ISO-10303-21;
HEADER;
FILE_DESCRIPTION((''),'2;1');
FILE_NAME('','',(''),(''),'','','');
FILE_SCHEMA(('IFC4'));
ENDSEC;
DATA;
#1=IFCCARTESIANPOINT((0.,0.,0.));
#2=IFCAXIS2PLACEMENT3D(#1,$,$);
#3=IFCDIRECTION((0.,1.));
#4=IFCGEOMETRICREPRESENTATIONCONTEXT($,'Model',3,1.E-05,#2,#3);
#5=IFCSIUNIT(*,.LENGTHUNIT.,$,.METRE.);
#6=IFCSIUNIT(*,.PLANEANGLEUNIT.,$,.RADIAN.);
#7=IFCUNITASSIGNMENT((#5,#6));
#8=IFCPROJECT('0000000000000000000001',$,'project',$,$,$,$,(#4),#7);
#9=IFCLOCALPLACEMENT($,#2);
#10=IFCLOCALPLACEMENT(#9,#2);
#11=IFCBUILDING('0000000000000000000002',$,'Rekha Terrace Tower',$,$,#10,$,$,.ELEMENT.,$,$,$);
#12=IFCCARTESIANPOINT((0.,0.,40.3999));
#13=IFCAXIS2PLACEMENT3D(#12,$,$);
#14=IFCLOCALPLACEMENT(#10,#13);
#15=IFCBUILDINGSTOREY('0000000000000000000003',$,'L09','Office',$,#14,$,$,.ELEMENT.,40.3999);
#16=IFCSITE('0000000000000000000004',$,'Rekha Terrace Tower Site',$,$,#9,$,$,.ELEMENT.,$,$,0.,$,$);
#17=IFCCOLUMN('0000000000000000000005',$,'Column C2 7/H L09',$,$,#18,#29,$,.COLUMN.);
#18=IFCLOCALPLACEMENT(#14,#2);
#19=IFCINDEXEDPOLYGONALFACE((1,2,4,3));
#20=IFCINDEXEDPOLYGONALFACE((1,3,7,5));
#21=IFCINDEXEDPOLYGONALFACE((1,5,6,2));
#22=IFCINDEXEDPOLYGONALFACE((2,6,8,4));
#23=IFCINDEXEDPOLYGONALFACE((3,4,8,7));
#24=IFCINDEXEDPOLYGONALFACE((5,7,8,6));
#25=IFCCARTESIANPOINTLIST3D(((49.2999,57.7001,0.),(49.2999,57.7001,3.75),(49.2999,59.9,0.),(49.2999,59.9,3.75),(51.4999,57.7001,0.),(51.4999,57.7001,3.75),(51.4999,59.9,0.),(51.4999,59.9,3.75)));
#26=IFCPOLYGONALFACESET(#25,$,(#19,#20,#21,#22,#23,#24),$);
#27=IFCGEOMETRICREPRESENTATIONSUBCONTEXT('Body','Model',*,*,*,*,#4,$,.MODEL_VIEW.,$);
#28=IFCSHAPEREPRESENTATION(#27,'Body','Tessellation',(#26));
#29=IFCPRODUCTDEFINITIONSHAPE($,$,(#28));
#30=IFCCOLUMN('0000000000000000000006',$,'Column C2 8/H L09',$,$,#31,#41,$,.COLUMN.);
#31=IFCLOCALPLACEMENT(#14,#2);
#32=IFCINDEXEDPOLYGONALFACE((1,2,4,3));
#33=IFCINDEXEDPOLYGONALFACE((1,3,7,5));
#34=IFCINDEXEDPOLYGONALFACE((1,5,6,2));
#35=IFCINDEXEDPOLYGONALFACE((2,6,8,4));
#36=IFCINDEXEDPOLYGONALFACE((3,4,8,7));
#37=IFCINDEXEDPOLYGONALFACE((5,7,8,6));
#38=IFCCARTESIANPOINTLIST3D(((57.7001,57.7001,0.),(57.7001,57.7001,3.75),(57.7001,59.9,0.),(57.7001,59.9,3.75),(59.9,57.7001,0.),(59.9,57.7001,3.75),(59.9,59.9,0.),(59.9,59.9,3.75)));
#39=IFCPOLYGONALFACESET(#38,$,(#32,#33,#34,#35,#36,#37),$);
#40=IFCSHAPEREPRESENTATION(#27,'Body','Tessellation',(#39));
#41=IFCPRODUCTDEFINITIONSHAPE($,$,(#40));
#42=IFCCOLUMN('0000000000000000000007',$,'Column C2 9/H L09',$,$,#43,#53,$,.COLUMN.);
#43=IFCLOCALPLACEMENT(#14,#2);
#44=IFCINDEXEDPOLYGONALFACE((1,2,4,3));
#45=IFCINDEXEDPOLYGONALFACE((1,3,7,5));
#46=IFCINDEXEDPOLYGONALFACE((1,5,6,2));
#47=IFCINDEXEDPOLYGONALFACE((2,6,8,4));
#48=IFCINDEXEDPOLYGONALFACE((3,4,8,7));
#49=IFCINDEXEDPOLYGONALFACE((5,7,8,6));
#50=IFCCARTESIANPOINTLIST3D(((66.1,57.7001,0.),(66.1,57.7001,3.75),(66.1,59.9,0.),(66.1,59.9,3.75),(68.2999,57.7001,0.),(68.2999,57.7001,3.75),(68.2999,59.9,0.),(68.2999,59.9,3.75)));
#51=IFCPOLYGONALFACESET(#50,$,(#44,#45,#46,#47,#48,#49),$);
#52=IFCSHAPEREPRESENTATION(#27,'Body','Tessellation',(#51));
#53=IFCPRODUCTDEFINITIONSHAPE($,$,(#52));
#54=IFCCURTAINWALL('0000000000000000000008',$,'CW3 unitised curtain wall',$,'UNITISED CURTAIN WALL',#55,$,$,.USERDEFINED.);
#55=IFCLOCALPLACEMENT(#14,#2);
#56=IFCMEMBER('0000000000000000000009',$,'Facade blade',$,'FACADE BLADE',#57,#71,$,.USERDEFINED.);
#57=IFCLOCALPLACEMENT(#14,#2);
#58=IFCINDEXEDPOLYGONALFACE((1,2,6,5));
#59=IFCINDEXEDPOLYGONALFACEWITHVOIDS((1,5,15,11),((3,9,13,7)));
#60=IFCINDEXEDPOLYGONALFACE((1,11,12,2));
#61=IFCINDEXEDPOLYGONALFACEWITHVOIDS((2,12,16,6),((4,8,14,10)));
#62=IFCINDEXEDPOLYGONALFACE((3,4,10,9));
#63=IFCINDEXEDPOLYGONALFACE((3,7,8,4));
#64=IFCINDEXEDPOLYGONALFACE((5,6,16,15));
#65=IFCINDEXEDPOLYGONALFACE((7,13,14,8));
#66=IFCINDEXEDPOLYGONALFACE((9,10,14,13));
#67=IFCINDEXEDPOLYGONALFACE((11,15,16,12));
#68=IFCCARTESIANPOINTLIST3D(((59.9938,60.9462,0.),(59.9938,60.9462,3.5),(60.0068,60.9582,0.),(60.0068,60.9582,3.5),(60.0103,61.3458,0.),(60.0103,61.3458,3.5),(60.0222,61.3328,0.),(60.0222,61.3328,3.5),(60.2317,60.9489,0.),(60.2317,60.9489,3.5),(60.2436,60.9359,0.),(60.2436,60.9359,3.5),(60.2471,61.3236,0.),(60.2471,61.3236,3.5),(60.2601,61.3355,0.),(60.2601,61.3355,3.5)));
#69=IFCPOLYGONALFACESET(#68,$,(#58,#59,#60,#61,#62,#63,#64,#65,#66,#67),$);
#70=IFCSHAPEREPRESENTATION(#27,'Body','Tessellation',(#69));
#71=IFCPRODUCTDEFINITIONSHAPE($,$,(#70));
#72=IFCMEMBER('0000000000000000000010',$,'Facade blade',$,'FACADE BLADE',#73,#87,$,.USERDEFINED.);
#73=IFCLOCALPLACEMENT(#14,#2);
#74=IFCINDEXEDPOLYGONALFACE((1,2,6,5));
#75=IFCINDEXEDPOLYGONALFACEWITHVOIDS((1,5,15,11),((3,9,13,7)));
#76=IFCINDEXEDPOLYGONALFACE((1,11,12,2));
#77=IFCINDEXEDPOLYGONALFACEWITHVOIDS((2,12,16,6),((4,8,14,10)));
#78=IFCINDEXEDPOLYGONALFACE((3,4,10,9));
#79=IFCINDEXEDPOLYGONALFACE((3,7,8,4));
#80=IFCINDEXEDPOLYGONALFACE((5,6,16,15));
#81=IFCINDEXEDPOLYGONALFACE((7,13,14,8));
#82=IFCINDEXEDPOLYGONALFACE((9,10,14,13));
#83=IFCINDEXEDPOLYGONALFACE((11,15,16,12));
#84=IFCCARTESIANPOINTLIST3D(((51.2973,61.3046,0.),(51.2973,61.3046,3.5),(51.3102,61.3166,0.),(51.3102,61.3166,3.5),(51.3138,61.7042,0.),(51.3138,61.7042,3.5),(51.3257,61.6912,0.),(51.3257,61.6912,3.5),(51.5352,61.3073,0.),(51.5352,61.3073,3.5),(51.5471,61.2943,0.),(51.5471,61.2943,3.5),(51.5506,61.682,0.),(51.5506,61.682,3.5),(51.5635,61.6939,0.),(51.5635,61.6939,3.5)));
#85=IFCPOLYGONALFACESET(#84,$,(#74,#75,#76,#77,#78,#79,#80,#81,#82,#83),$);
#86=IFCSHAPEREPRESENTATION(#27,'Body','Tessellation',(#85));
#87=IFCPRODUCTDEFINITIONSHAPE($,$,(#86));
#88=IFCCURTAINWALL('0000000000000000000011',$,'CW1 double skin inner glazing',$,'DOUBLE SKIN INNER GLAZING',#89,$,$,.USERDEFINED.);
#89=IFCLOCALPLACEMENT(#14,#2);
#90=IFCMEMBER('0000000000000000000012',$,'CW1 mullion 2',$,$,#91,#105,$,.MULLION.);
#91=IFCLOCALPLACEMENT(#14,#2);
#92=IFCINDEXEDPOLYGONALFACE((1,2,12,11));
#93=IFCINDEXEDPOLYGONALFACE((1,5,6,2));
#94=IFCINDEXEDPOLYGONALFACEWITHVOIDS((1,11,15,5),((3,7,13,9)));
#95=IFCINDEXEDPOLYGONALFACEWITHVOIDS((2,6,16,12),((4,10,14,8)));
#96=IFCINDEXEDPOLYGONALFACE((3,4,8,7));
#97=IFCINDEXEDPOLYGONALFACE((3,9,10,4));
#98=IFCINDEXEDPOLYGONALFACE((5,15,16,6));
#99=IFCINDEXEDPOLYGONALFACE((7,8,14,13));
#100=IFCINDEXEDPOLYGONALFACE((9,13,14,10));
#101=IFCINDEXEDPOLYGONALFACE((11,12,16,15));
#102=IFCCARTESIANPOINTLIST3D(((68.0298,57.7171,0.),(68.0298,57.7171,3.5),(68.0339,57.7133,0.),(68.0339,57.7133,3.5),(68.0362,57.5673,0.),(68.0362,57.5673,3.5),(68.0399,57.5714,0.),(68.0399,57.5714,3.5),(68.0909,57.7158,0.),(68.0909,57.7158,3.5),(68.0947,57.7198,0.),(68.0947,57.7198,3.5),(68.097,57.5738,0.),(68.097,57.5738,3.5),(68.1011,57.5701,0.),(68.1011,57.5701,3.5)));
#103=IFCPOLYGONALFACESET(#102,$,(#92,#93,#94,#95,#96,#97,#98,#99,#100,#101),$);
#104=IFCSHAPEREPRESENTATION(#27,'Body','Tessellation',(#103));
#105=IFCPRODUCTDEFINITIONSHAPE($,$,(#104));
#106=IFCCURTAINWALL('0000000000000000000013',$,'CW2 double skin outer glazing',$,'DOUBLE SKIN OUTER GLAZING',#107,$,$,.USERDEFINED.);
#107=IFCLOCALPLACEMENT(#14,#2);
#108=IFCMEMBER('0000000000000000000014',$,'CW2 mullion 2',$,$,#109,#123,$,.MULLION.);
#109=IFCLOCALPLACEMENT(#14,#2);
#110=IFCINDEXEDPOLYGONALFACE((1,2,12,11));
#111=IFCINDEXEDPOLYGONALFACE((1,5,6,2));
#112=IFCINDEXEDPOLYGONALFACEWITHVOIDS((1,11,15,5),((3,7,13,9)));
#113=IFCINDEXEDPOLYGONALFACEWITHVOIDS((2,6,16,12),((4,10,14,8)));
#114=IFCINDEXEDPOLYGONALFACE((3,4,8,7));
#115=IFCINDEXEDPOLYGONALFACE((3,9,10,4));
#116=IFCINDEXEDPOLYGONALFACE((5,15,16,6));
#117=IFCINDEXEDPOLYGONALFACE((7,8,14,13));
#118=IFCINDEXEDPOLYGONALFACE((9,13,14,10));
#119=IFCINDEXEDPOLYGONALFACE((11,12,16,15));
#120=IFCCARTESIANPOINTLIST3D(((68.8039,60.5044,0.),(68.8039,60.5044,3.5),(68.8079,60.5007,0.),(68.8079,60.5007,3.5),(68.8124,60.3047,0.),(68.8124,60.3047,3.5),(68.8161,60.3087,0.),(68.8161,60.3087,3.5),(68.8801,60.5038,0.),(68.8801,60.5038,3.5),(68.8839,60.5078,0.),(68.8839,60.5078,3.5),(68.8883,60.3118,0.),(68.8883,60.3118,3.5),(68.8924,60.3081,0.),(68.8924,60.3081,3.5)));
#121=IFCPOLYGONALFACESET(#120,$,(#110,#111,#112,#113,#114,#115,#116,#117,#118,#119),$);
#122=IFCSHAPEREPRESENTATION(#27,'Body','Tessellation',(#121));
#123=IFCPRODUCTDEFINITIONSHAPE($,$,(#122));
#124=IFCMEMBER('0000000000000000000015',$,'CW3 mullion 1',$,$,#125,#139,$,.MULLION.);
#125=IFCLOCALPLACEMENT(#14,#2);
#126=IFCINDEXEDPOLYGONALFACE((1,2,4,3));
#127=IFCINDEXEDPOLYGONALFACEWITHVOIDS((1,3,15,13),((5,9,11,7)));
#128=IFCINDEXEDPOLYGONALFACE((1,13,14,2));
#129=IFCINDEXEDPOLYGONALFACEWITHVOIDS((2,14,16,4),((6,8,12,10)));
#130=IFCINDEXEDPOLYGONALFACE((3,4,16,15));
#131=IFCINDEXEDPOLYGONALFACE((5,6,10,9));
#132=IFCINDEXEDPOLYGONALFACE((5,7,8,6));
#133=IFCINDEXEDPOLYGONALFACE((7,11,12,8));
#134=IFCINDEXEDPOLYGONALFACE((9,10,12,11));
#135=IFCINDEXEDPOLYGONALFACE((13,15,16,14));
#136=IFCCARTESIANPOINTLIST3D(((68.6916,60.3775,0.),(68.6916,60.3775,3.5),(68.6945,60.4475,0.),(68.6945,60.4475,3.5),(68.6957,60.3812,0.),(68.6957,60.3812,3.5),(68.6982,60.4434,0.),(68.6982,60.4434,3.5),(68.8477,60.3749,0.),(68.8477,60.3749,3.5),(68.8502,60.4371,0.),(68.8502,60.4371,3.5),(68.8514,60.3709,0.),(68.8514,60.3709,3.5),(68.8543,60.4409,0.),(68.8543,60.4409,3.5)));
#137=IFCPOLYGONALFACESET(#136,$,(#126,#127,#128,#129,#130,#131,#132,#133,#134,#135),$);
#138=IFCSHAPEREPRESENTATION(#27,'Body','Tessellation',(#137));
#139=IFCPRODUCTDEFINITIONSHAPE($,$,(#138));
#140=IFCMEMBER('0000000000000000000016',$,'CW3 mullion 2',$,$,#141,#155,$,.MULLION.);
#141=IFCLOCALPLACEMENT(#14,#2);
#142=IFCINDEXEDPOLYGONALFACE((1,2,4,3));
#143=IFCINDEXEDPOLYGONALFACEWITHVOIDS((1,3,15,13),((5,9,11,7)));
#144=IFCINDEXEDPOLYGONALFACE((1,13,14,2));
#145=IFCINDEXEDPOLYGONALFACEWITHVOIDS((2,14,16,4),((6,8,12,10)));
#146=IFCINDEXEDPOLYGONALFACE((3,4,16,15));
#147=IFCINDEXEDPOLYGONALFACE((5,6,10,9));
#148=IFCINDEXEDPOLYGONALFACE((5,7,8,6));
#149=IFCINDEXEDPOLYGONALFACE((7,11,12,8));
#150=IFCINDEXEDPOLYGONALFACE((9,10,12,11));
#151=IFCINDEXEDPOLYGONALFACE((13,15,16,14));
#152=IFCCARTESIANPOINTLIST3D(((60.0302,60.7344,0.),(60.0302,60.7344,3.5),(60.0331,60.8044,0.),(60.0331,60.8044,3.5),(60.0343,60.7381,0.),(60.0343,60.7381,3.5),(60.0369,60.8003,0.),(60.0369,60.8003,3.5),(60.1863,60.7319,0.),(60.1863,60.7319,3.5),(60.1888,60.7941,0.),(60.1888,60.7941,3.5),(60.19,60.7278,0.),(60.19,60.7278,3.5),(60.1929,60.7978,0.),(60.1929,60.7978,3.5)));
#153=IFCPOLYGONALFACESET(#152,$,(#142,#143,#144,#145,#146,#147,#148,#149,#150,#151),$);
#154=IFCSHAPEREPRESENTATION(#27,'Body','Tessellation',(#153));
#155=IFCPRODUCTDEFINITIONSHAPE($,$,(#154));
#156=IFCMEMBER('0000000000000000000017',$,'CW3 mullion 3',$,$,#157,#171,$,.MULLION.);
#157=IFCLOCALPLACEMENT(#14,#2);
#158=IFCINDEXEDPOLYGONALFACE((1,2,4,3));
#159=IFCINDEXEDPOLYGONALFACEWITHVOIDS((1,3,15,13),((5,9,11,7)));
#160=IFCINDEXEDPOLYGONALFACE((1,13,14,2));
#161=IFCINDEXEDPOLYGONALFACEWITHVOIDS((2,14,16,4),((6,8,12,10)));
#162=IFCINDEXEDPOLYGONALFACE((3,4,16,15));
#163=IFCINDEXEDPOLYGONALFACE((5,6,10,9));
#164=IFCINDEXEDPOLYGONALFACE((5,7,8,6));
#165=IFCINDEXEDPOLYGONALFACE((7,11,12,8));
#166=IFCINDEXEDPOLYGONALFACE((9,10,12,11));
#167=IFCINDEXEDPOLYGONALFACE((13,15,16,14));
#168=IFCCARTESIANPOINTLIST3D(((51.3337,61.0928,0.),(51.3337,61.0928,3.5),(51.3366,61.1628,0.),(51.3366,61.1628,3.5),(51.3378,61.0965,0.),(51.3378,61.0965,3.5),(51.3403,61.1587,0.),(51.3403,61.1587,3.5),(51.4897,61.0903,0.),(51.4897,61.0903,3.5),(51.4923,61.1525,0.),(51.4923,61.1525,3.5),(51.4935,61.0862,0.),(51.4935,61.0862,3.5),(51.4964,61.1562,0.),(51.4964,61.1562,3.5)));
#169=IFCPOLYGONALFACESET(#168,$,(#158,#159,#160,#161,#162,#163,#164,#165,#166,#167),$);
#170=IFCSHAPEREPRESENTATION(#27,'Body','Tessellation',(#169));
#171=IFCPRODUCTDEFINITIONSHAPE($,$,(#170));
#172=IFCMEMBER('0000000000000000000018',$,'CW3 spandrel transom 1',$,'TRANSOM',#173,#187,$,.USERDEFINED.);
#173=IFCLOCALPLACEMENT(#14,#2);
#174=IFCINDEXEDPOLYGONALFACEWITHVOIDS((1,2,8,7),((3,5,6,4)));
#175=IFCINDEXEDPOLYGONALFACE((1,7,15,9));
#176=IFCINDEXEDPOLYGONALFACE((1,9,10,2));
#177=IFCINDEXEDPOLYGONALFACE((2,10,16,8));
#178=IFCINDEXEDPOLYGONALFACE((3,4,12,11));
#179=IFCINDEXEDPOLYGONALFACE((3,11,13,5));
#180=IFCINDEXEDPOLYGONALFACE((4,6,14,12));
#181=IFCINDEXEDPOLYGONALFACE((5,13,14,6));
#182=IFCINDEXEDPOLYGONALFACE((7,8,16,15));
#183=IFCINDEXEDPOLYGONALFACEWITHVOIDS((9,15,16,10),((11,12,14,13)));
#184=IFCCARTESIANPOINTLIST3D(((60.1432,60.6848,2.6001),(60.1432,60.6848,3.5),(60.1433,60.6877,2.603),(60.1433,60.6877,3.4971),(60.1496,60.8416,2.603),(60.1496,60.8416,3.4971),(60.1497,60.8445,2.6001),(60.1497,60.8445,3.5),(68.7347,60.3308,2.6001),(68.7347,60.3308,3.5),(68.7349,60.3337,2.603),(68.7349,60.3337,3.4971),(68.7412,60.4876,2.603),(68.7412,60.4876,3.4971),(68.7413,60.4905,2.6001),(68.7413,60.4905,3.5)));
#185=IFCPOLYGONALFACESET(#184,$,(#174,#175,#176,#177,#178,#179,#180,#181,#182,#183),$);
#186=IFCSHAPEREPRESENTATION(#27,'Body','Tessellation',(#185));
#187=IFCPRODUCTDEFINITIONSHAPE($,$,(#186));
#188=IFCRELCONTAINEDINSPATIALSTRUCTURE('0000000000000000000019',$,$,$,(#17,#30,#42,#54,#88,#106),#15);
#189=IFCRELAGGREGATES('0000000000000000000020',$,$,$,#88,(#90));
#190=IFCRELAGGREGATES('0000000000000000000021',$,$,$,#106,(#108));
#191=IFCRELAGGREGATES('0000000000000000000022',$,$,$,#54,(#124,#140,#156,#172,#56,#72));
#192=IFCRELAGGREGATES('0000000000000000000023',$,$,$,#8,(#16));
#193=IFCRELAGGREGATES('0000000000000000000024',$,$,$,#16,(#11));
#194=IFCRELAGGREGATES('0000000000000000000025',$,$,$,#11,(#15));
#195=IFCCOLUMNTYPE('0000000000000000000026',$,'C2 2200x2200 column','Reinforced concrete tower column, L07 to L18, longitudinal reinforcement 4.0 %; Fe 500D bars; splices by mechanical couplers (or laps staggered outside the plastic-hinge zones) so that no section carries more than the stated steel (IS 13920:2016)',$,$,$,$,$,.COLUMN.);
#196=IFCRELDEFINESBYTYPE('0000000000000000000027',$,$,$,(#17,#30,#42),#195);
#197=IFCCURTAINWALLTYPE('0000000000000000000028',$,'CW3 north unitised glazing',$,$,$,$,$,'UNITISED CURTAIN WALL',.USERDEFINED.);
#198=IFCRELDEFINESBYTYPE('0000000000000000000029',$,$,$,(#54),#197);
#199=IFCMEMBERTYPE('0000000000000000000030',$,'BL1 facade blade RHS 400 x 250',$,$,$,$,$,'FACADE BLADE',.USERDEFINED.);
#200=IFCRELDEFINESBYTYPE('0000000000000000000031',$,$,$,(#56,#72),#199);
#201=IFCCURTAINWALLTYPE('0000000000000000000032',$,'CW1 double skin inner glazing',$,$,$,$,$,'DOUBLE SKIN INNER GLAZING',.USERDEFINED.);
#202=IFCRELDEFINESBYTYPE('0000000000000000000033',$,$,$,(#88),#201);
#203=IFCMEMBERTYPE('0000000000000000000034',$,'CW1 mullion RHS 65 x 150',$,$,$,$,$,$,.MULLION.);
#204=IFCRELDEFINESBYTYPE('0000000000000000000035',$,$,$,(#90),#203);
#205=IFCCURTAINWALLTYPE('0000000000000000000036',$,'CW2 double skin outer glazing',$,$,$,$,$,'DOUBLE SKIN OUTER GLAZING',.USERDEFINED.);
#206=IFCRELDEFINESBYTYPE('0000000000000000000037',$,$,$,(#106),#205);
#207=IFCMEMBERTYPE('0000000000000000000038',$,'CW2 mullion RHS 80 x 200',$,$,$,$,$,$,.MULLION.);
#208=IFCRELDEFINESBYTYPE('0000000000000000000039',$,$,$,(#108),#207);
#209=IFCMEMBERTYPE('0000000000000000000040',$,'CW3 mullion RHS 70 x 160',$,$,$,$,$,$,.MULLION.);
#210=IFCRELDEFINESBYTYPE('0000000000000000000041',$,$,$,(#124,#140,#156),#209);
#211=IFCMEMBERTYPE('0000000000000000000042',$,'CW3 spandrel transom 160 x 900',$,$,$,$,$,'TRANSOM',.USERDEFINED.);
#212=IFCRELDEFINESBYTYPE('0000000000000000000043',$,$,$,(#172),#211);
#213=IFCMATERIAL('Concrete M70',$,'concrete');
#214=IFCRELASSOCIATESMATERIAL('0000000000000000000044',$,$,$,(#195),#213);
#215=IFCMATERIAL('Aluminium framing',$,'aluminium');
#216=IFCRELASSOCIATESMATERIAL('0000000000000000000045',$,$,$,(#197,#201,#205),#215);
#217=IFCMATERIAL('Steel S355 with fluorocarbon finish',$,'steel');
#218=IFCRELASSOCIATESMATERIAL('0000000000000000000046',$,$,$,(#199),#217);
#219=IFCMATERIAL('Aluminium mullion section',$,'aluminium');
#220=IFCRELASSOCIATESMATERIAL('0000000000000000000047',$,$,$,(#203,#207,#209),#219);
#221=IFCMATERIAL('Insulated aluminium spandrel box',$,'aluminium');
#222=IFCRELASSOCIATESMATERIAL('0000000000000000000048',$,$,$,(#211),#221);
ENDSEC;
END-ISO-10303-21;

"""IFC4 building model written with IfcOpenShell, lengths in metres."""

from ifc_helpers import new_model, si_unit, direction, frame, origin, origin_2d, place, context, subcontext, project, spatial, rectangle, hollow_rectangle, extrude, material, material_profile, profile_set, type_object, element, aggregate, save


model = new_model("IFC4")

# Units and contexts
model_context = context("Model", 3, precision=1e-05, world=origin(), true_north=direction((0.0, 1.0)))
body_context = subcontext(model_context, "Body", "Model", "MODEL_VIEW")
ifc_project = project(units=[si_unit("LENGTHUNIT", "METRE"), si_unit("PLANEANGLEUNIT", "RADIAN")], contexts=[model_context])

# Site, building, storey
site_placement = place(None, origin())
site = spatial("IfcSite", under=ifc_project, at=site_placement, Name="Rekha Terrace Tower Site", CompositionType="ELEMENT", RefElevation=0.0)
building_placement = place(site_placement, origin())
building = spatial("IfcBuilding", under=site, at=building_placement, Name="Rekha Terrace Tower", CompositionType="ELEMENT")
storey_placement = place(building_placement, frame((0.0, 0.0, 40.3999)))
storey = spatial("IfcBuildingStorey", under=building, at=storey_placement, Name="L09", Description="Office", CompositionType="ELEMENT", Elevation=40.3999)

# Columns
ifc_material_1 = material(Name="Concrete M70", Category="concrete")
ifc_material_profile_1 = material_profile(ifc_material_1, rectangle(XDim=2.2, YDim=2.2, at=origin_2d()), Name="RC 2200x2200")
ifc_profile_set_1 = profile_set([ifc_material_profile_1], Name="Concrete M70")
column_type = type_object("IfcColumnType", Name="C2 2200x2200 column", Description="Reinforced concrete tower column, L07 to L18, longitudinal reinforcement 4.0 %; Fe 500D bars; splices by mechanical couplers (or laps staggered outside the plastic-hinge zones) so that no section carries more than the stated steel (IS 13920:2016)", PredefinedType="COLUMN", material=ifc_profile_set_1)
for number, where, z_axis, x_axis, name in (
    (1, (50.3999, 58.8, 0.0), (0.0, 0.0, 1.0), (1.0, 0.0, 0.0), "Column C2 7/H L09"),
    (2, (58.8, 58.8, 0.0), (0.0, 0.0, 1.0), (1.0, 0.0, 0.0), "Column C2 8/H L09"),
    (3, (67.2, 58.8, 0.0), (0.0, 0.0, 1.0), (1.0, 0.0, 0.0), "Column C2 9/H L09"),
):
    element("IfcColumn", number, at=place(storey_placement, frame(where, z_axis=z_axis, x_axis=x_axis)), inside=storey, type_object=column_type, Name=name, PredefinedType="COLUMN", context=body_context, shape_type="SweptSolid", body=[
        extrude(rectangle(XDim=2.2, YDim=2.2, at=origin_2d()), origin(), (0.0, 0.0, 1.0), 3.75),
    ])

# Curtain wall, members
ifc_material_2 = material(Name="Aluminium framing", Category="aluminium")
curtain_wall_type_1 = type_object("IfcCurtainWallType", Name="CW3 north unitised glazing", ElementType="UNITISED CURTAIN WALL", PredefinedType="USERDEFINED", material=ifc_material_2)
curtain_wall_1_placement = place(storey_placement, origin())
curtain_wall_1 = element("IfcCurtainWall", 4, at=curtain_wall_1_placement, inside=storey, type_object=curtain_wall_type_1, Name="CW3 unitised curtain wall", ObjectType="UNITISED CURTAIN WALL", PredefinedType="USERDEFINED")
ifc_material_3 = material(Name="Steel S355 with fluorocarbon finish", Category="steel")
ifc_material_profile_2 = material_profile(ifc_material_3, hollow_rectangle(XDim=0.25, YDim=0.3999, WallThickness=0.0125, at=origin_2d()), Name="RHS400x250x12.5")
ifc_profile_set_2 = profile_set([ifc_material_profile_2], Name="Steel S355 with fluorocarbon finish")
member_type_1 = type_object("IfcMemberType", Name="BL1 facade blade RHS 400 x 250", ElementType="FACADE BLADE", PredefinedType="USERDEFINED", material=ifc_profile_set_2)
member_1_placement = place(storey_placement, frame((60.127, 61.1409, 0.0), z_axis=(0.0, 0.0, 1.0), x_axis=(-0.999152, 0.041175, 0.0)))
member_1 = element("IfcMember", 5, at=member_1_placement, type_object=member_type_1, Name="Facade blade", ObjectType="FACADE BLADE", PredefinedType="USERDEFINED", context=body_context, shape_type="SweptSolid", body=[
    extrude(hollow_rectangle(XDim=0.25, YDim=0.3999, WallThickness=0.0125, at=origin_2d()), origin(), (0.0, 0.0, 1.0), 3.5),
])
member_2_placement = place(storey_placement, frame((51.4304, 61.4993, 0.0), z_axis=(0.0, 0.0, 1.0), x_axis=(-0.999152, 0.041175, 0.0)))
member_2 = element("IfcMember", 6, at=member_2_placement, type_object=member_type_1, Name="Facade blade", ObjectType="FACADE BLADE", PredefinedType="USERDEFINED", context=body_context, shape_type="SweptSolid", body=[
    extrude(hollow_rectangle(XDim=0.25, YDim=0.3999, WallThickness=0.0125, at=origin_2d()), origin(), (0.0, 0.0, 1.0), 3.5),
])

# Curtain walls, members
curtain_wall_type_2 = type_object("IfcCurtainWallType", Name="CW1 double skin inner glazing", ElementType="DOUBLE SKIN INNER GLAZING", PredefinedType="USERDEFINED", material=ifc_material_2)
curtain_wall_2_placement = place(storey_placement, origin())
curtain_wall_2 = element("IfcCurtainWall", 7, at=curtain_wall_2_placement, inside=storey, type_object=curtain_wall_type_2, Name="CW1 double skin inner glazing", ObjectType="DOUBLE SKIN INNER GLAZING", PredefinedType="USERDEFINED")
ifc_material_4 = material(Name="Aluminium mullion section", Category="aluminium")
ifc_material_profile_3 = material_profile(ifc_material_4, hollow_rectangle(XDim=0.0649, YDim=0.1499, WallThickness=0.0039, at=origin_2d()), Name="AL RHS 65x150")
ifc_profile_set_3 = profile_set([ifc_material_profile_3], Name="Aluminium mullion section")
member_type_2 = type_object("IfcMemberType", Name="CW1 mullion RHS 65 x 150", PredefinedType="MULLION", material=ifc_profile_set_3)
member_3_placement = place(storey_placement, frame((68.0654, 57.6436, 0.0), z_axis=(0.0, 0.0, 1.0), x_axis=(-0.999088, -0.042696, 0.0)))
member_3 = element("IfcMember", 8, at=member_3_placement, type_object=member_type_2, Name="CW1 mullion 2", PredefinedType="MULLION", context=body_context, shape_type="SweptSolid", body=[
    extrude(hollow_rectangle(XDim=0.0649, YDim=0.1499, WallThickness=0.0039, at=origin_2d()), origin(), (0.0, 0.0, 1.0), 3.5),
])
curtain_wall_type_3 = type_object("IfcCurtainWallType", Name="CW2 double skin outer glazing", ElementType="DOUBLE SKIN OUTER GLAZING", PredefinedType="USERDEFINED", material=ifc_material_2)
curtain_wall_3_placement = place(storey_placement, origin())
curtain_wall_3 = element("IfcCurtainWall", 9, at=curtain_wall_3_placement, inside=storey, type_object=curtain_wall_type_3, Name="CW2 double skin outer glazing", ObjectType="DOUBLE SKIN OUTER GLAZING", PredefinedType="USERDEFINED")
ifc_material_profile_4 = material_profile(ifc_material_4, hollow_rectangle(XDim=0.0801, YDim=0.2, WallThickness=0.0039, at=origin_2d()), Name="AL RHS 80x200")
ifc_profile_set_4 = profile_set([ifc_material_profile_4], Name="Aluminium mullion section")
member_type_3 = type_object("IfcMemberType", Name="CW2 mullion RHS 80 x 200", PredefinedType="MULLION", material=ifc_profile_set_4)
member_4_placement = place(storey_placement, frame((68.8481, 60.4062, 0.0), z_axis=(0.0, 0.0, 1.0), x_axis=(-0.999088, -0.042696, 0.0)))
member_4 = element("IfcMember", 10, at=member_4_placement, type_object=member_type_3, Name="CW2 mullion 2", PredefinedType="MULLION", context=body_context, shape_type="SweptSolid", body=[
    extrude(hollow_rectangle(XDim=0.0801, YDim=0.2, WallThickness=0.0039, at=origin_2d()), origin(), (0.0, 0.0, 1.0), 3.5),
])

# Members
ifc_material_profile_5 = material_profile(ifc_material_4, hollow_rectangle(XDim=0.0701, YDim=0.1599, WallThickness=0.0039, at=origin_2d()), Name="AL RHS 70x160")
ifc_profile_set_5 = profile_set([ifc_material_profile_5], Name="Aluminium mullion section")
member_type_4 = type_object("IfcMemberType", Name="CW3 mullion RHS 70 x 160", PredefinedType="MULLION", material=ifc_profile_set_5)
member_5_placement = place(storey_placement, frame((68.7729, 60.4092, 0.0), z_axis=(0.0, 0.0, 1.0), x_axis=(-0.041174, -0.999152, 0.0)))
member_5 = element("IfcMember", 11, at=member_5_placement, type_object=member_type_4, Name="CW3 mullion 1", PredefinedType="MULLION", context=body_context, shape_type="SweptSolid", body=[
    extrude(hollow_rectangle(XDim=0.0701, YDim=0.1599, WallThickness=0.0039, at=origin_2d()), origin(), (0.0, 0.0, 1.0), 3.5),
])
member_6_placement = place(storey_placement, frame((60.1116, 60.7661, 0.0), z_axis=(0.0, 0.0, 1.0), x_axis=(-0.041174, -0.999152, 0.0)))
member_6 = element("IfcMember", 12, at=member_6_placement, type_object=member_type_4, Name="CW3 mullion 2", PredefinedType="MULLION", context=body_context, shape_type="SweptSolid", body=[
    extrude(hollow_rectangle(XDim=0.0701, YDim=0.1599, WallThickness=0.0039, at=origin_2d()), origin(), (0.0, 0.0, 1.0), 3.5),
])
member_7_placement = place(storey_placement, frame((51.415, 61.1245, 0.0), z_axis=(0.0, 0.0, 1.0), x_axis=(-0.041174, -0.999152, 0.0)))
member_7 = element("IfcMember", 13, at=member_7_placement, type_object=member_type_4, Name="CW3 mullion 3", PredefinedType="MULLION", context=body_context, shape_type="SweptSolid", body=[
    extrude(hollow_rectangle(XDim=0.0701, YDim=0.1599, WallThickness=0.0039, at=origin_2d()), origin(), (0.0, 0.0, 1.0), 3.5),
])
ifc_material_5 = material(Name="Insulated aluminium spandrel box", Category="aluminium")
ifc_material_profile_6 = material_profile(ifc_material_5, hollow_rectangle(XDim=0.1599, YDim=0.8999, WallThickness=0.0029, at=origin_2d()), Name="AL SPANDREL BOX 160x900")
ifc_profile_set_6 = profile_set([ifc_material_profile_6], Name="Insulated aluminium spandrel box")
member_type_5 = type_object("IfcMemberType", Name="CW3 spandrel transom 160 x 900", ElementType="TRANSOM", PredefinedType="USERDEFINED", material=ifc_profile_set_6)
member_8_placement = place(storey_placement, frame((68.738, 60.4106, 3.05), z_axis=(-0.999152, 0.041169, 0.0), x_axis=(-0.041169, -0.999152, 0.0)))
member_8 = element("IfcMember", 14, at=member_8_placement, type_object=member_type_5, Name="CW3 spandrel transom 1", ObjectType="TRANSOM", PredefinedType="USERDEFINED", context=body_context, shape_type="SweptSolid", body=[
    extrude(hollow_rectangle(XDim=0.1599, YDim=0.8999, WallThickness=0.0029, at=origin_2d()), origin(), (0.0, 0.0, 1.0), 8.5989),
])

aggregate(curtain_wall_2, [member_3])
aggregate(curtain_wall_3, [member_4])
aggregate(curtain_wall_1, [member_5, member_6, member_7, member_8, member_1, member_2])

save(model, "model.ifc")
